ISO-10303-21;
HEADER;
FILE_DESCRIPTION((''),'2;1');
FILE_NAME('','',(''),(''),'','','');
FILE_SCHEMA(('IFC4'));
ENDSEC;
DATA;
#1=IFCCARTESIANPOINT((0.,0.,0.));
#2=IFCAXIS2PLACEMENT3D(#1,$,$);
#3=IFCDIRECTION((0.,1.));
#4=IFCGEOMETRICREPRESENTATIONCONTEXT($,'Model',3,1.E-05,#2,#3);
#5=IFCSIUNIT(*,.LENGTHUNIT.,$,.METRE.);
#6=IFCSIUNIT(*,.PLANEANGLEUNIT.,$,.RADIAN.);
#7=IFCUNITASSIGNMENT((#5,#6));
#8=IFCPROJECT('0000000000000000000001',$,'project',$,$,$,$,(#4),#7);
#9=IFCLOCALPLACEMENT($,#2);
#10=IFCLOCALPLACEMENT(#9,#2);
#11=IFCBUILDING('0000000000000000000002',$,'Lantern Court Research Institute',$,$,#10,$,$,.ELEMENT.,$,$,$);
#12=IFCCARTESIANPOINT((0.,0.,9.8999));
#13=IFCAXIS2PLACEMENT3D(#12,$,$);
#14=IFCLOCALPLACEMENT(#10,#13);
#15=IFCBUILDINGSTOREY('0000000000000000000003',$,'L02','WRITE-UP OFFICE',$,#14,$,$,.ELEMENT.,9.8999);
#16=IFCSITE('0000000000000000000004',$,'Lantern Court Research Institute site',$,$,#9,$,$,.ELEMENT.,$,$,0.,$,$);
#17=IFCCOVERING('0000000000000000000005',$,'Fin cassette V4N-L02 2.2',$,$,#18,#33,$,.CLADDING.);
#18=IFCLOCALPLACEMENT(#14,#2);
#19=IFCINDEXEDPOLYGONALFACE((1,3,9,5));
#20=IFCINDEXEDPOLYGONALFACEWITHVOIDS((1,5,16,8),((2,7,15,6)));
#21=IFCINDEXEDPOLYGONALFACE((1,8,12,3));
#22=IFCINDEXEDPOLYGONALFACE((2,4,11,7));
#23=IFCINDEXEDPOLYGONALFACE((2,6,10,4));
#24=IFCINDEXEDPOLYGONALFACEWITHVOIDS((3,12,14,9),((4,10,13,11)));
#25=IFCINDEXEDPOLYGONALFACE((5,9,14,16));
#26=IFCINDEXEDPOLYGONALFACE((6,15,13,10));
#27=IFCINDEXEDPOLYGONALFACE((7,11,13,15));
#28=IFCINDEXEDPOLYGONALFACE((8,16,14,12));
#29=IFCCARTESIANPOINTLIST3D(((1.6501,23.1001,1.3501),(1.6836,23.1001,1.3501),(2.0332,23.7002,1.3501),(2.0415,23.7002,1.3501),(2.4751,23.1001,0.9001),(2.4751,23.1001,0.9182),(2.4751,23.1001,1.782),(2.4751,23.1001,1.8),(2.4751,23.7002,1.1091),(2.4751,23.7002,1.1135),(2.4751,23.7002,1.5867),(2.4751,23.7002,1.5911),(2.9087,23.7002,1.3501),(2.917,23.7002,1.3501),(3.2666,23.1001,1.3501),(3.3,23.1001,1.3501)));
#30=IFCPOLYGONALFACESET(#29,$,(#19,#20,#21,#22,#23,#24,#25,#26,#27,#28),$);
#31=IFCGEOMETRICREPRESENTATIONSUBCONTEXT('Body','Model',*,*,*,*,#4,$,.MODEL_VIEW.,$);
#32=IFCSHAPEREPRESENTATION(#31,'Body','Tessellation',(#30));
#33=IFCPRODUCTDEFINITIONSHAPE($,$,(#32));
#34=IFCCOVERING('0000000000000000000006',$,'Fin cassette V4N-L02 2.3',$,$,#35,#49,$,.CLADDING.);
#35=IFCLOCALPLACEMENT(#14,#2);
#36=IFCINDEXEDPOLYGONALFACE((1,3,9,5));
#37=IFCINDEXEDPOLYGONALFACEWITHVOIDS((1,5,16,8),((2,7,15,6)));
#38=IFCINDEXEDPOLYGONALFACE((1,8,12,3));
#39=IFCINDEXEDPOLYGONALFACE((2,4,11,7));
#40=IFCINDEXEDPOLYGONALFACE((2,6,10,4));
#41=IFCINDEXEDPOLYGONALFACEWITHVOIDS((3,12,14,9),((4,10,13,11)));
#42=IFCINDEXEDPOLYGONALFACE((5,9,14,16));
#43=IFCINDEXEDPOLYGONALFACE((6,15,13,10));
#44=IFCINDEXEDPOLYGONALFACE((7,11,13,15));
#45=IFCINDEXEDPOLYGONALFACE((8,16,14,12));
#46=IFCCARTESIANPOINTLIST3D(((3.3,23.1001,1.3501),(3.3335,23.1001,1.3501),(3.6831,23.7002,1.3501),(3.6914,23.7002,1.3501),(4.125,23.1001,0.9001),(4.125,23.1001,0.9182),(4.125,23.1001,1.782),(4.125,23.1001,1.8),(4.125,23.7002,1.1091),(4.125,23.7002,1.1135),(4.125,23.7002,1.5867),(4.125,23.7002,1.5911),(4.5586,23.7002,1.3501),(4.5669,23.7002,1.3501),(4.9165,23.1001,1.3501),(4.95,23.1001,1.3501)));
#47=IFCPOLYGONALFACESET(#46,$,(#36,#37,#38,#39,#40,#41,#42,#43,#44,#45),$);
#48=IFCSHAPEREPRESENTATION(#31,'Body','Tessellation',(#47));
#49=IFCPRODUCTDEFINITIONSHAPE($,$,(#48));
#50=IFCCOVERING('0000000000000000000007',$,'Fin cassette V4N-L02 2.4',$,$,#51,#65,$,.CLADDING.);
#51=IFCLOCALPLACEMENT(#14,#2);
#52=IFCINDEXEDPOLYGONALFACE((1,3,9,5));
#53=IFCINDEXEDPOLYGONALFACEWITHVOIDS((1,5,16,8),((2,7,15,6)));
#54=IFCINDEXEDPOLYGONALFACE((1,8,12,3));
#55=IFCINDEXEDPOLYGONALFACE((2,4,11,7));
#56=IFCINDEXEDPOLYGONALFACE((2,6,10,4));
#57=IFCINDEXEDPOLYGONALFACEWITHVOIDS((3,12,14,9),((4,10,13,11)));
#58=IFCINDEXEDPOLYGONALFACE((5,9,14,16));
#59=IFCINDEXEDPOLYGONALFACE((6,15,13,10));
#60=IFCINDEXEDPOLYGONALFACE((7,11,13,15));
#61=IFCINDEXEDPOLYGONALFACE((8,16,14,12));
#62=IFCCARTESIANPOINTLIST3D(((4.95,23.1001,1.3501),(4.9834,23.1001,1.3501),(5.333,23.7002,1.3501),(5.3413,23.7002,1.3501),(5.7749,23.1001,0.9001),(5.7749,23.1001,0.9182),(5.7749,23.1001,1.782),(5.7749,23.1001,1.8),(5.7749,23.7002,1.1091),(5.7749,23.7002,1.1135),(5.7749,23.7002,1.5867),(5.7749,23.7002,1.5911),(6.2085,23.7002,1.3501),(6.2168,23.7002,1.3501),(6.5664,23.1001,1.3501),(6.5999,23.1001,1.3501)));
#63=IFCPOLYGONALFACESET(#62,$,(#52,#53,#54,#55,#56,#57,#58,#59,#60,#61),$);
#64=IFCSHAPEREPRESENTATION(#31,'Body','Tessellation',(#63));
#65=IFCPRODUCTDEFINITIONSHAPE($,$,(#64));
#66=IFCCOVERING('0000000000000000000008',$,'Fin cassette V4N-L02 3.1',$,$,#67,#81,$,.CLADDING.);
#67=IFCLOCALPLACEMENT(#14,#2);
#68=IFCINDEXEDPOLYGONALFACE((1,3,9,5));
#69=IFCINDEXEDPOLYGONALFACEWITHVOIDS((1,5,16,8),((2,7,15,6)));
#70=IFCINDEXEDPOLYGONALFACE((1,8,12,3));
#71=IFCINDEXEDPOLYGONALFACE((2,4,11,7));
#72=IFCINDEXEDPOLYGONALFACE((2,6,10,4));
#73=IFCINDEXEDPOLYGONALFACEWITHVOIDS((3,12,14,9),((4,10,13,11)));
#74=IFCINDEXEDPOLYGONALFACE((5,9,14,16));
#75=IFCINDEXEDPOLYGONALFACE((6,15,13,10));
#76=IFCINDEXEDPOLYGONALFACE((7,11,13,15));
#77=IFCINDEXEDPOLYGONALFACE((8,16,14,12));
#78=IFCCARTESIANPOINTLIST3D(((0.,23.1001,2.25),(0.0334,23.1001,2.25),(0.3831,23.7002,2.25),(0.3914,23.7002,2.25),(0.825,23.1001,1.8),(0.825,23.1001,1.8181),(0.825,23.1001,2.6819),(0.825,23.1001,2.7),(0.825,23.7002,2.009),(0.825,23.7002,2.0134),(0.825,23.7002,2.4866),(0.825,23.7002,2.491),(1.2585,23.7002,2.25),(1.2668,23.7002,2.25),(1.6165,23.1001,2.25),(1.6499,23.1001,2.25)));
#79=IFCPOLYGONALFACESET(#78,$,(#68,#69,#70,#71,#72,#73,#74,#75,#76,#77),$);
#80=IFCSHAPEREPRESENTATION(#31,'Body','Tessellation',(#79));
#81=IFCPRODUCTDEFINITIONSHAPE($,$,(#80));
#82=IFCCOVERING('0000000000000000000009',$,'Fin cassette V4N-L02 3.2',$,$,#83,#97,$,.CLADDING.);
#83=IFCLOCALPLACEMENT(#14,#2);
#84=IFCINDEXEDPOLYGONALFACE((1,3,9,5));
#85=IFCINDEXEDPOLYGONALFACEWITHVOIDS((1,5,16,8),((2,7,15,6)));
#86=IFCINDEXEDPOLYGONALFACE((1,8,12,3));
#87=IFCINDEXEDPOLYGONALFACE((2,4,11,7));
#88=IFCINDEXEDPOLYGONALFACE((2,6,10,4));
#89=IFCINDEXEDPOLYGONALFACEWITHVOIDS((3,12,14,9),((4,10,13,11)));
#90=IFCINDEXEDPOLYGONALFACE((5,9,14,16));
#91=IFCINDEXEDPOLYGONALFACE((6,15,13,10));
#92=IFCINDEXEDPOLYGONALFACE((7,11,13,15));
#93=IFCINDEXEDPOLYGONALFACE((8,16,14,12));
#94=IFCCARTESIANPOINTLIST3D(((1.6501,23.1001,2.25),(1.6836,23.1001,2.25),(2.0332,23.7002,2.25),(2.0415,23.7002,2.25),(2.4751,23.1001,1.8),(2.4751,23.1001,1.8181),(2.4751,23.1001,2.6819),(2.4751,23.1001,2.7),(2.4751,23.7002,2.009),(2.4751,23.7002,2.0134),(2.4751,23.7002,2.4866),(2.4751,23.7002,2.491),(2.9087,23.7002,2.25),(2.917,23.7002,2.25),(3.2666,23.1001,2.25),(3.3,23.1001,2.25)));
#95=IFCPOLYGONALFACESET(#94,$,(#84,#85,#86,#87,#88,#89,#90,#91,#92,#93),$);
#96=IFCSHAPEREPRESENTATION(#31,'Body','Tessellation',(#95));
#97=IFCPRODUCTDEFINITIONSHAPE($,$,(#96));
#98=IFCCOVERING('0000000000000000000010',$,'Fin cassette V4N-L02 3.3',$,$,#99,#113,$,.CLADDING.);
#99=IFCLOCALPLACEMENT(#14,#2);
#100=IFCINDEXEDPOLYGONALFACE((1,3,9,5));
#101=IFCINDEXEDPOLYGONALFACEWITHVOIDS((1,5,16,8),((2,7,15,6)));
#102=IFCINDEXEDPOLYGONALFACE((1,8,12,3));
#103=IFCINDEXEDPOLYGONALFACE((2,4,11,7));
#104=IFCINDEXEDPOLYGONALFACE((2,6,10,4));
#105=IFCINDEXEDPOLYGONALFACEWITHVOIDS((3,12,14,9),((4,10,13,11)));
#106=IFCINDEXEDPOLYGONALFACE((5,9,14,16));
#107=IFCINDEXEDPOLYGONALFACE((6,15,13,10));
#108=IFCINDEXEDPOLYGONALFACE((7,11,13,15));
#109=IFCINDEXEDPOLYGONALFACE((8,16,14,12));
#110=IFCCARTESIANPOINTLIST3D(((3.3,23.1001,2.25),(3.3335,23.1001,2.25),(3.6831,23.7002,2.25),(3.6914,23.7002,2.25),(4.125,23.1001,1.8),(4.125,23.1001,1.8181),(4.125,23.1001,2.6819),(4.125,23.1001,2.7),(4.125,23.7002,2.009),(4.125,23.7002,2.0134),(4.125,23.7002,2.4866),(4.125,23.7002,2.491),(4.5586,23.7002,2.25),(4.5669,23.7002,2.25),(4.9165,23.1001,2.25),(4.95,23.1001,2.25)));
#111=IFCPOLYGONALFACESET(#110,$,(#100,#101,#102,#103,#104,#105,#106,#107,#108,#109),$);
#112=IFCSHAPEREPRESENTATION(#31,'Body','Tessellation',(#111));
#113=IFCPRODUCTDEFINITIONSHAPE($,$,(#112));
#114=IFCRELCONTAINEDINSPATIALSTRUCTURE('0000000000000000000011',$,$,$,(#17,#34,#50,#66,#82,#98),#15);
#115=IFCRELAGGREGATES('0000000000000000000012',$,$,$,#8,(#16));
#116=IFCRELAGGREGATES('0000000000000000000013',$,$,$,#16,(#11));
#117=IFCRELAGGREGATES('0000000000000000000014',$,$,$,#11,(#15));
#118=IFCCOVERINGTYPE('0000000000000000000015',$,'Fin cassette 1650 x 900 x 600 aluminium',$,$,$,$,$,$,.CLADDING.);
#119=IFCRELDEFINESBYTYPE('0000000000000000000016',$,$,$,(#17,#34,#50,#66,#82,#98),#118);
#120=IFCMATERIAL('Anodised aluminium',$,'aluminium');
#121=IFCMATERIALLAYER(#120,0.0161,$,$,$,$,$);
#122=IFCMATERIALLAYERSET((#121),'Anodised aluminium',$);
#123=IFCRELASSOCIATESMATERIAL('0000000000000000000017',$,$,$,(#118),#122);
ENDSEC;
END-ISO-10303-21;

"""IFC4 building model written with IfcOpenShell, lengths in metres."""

from ifc_helpers import new_model, entity, si_unit, direction, frame, origin, place, context, subcontext, project, spatial, material, layer, layer_set, type_object, element, save


model = new_model("IFC4")

# Units and contexts
model_context = context("Model", 3, precision=1e-05, world=origin(), true_north=direction((0.0, 1.0)))
body_context = subcontext(model_context, "Body", "Model", "MODEL_VIEW")
ifc_project = project(units=[si_unit("LENGTHUNIT", "METRE"), si_unit("PLANEANGLEUNIT", "RADIAN")], contexts=[model_context])

# Site, building, storey
site_placement = place(None, origin())
site = spatial("IfcSite", under=ifc_project, at=site_placement, Name="Lantern Court Research Institute site", CompositionType="ELEMENT", RefElevation=0.0)
building_placement = place(site_placement, origin())
building = spatial("IfcBuilding", under=site, at=building_placement, Name="Lantern Court Research Institute", CompositionType="ELEMENT")
storey_placement = place(building_placement, frame((0.0, 0.0, 9.8999)))
storey = spatial("IfcBuildingStorey", under=building, at=storey_placement, Name="L02", Description="WRITE-UP OFFICE", CompositionType="ELEMENT", Elevation=9.8999)

# Coverings
ifc_material_1 = material(Name="Anodised aluminium", Category="aluminium")
ifc_layer_1 = layer(ifc_material_1, 0.0161)
ifc_layer_set_1 = layer_set([ifc_layer_1], Name="Anodised aluminium")
covering_type = type_object("IfcCoveringType", Name="Fin cassette 1650 x 900 x 600 aluminium", PredefinedType="CLADDING", material=ifc_layer_set_1)
covering_1_placement = place(storey_placement, frame((2.4751, 23.1001, 1.3501), z_axis=(0.0, 1.0, 0.0), x_axis=(-1.0, 0.0, 0.0)))
cartesian_point_1 = entity("IfcCartesianPoint", [0.825, 0.0])
cartesian_point_2 = entity("IfcCartesianPoint", [0.7915, 0.0])
cartesian_point_3 = entity("IfcCartesianPoint", [0.4419, 0.0])
cartesian_point_4 = entity("IfcCartesianPoint", [0.4336, 0.0])
element("IfcCovering", 1, at=covering_1_placement, inside=storey, type_object=covering_type, Name="Fin cassette V4N-L02 2.2", PredefinedType="CLADDING", context=body_context, shape_type="SweptSolid", body=[
    entity("IfcExtrudedAreaSolidTapered", entity("IfcArbitraryProfileDefWithVoids", "AREA", None, entity("IfcPolyline", [cartesian_point_1, entity("IfcCartesianPoint", [0.0, 0.45]), entity("IfcCartesianPoint", [-0.825, 0.0]), entity("IfcCartesianPoint", [0.0, -0.45]), cartesian_point_1]), [entity("IfcPolyline", [cartesian_point_2, entity("IfcCartesianPoint", [0.0, 0.4319]), entity("IfcCartesianPoint", [-0.7915, 0.0]), entity("IfcCartesianPoint", [0.0, -0.4319]), cartesian_point_2])]), entity("IfcAxis2Placement3D", entity("IfcCartesianPoint", [0.0, 0.0, 0.0])), entity("IfcDirection", [0.0, 0.0, 1.0]), 0.6001, entity("IfcArbitraryProfileDefWithVoids", "AREA", None, entity("IfcPolyline", [cartesian_point_3, entity("IfcCartesianPoint", [0.0, 0.241]), entity("IfcCartesianPoint", [-0.4419, 0.0]), entity("IfcCartesianPoint", [0.0, -0.241]), cartesian_point_3]), [entity("IfcPolyline", [cartesian_point_4, entity("IfcCartesianPoint", [0.0, 0.2366]), entity("IfcCartesianPoint", [-0.4336, 0.0]), entity("IfcCartesianPoint", [0.0, -0.2366]), cartesian_point_4])])),
])
covering_2_placement = place(storey_placement, frame((4.125, 23.1001, 1.3501), z_axis=(0.0, 1.0, 0.0), x_axis=(-1.0, 0.0, 0.0)))
cartesian_point_5 = entity("IfcCartesianPoint", [0.825, 0.0])
cartesian_point_6 = entity("IfcCartesianPoint", [0.7915, 0.0])
cartesian_point_7 = entity("IfcCartesianPoint", [0.4419, 0.0])
cartesian_point_8 = entity("IfcCartesianPoint", [0.4336, 0.0])
element("IfcCovering", 2, at=covering_2_placement, inside=storey, type_object=covering_type, Name="Fin cassette V4N-L02 2.3", PredefinedType="CLADDING", context=body_context, shape_type="SweptSolid", body=[
    entity("IfcExtrudedAreaSolidTapered", entity("IfcArbitraryProfileDefWithVoids", "AREA", None, entity("IfcPolyline", [cartesian_point_5, entity("IfcCartesianPoint", [0.0, 0.45]), entity("IfcCartesianPoint", [-0.825, 0.0]), entity("IfcCartesianPoint", [0.0, -0.45]), cartesian_point_5]), [entity("IfcPolyline", [cartesian_point_6, entity("IfcCartesianPoint", [0.0, 0.4319]), entity("IfcCartesianPoint", [-0.7915, 0.0]), entity("IfcCartesianPoint", [0.0, -0.4319]), cartesian_point_6])]), entity("IfcAxis2Placement3D", entity("IfcCartesianPoint", [0.0, 0.0, 0.0])), entity("IfcDirection", [0.0, 0.0, 1.0]), 0.6001, entity("IfcArbitraryProfileDefWithVoids", "AREA", None, entity("IfcPolyline", [cartesian_point_7, entity("IfcCartesianPoint", [0.0, 0.241]), entity("IfcCartesianPoint", [-0.4419, 0.0]), entity("IfcCartesianPoint", [0.0, -0.241]), cartesian_point_7]), [entity("IfcPolyline", [cartesian_point_8, entity("IfcCartesianPoint", [0.0, 0.2366]), entity("IfcCartesianPoint", [-0.4336, 0.0]), entity("IfcCartesianPoint", [0.0, -0.2366]), cartesian_point_8])])),
])
covering_3_placement = place(storey_placement, frame((5.7749, 23.1001, 1.3501), z_axis=(0.0, 1.0, 0.0), x_axis=(-1.0, 0.0, 0.0)))
cartesian_point_9 = entity("IfcCartesianPoint", [0.825, 0.0])
cartesian_point_10 = entity("IfcCartesianPoint", [0.7915, 0.0])
cartesian_point_11 = entity("IfcCartesianPoint", [0.4419, 0.0])
cartesian_point_12 = entity("IfcCartesianPoint", [0.4336, 0.0])
element("IfcCovering", 3, at=covering_3_placement, inside=storey, type_object=covering_type, Name="Fin cassette V4N-L02 2.4", PredefinedType="CLADDING", context=body_context, shape_type="SweptSolid", body=[
    entity("IfcExtrudedAreaSolidTapered", entity("IfcArbitraryProfileDefWithVoids", "AREA", None, entity("IfcPolyline", [cartesian_point_9, entity("IfcCartesianPoint", [0.0, 0.45]), entity("IfcCartesianPoint", [-0.825, 0.0]), entity("IfcCartesianPoint", [0.0, -0.45]), cartesian_point_9]), [entity("IfcPolyline", [cartesian_point_10, entity("IfcCartesianPoint", [0.0, 0.4319]), entity("IfcCartesianPoint", [-0.7915, 0.0]), entity("IfcCartesianPoint", [0.0, -0.4319]), cartesian_point_10])]), entity("IfcAxis2Placement3D", entity("IfcCartesianPoint", [0.0, 0.0, 0.0])), entity("IfcDirection", [0.0, 0.0, 1.0]), 0.6001, entity("IfcArbitraryProfileDefWithVoids", "AREA", None, entity("IfcPolyline", [cartesian_point_11, entity("IfcCartesianPoint", [0.0, 0.241]), entity("IfcCartesianPoint", [-0.4419, 0.0]), entity("IfcCartesianPoint", [0.0, -0.241]), cartesian_point_11]), [entity("IfcPolyline", [cartesian_point_12, entity("IfcCartesianPoint", [0.0, 0.2366]), entity("IfcCartesianPoint", [-0.4336, 0.0]), entity("IfcCartesianPoint", [0.0, -0.2366]), cartesian_point_12])])),
])
covering_4_placement = place(storey_placement, frame((0.825, 23.1001, 2.25), z_axis=(0.0, 1.0, 0.0), x_axis=(-1.0, 0.0, 0.0)))
cartesian_point_13 = entity("IfcCartesianPoint", [0.825, 0.0])
cartesian_point_14 = entity("IfcCartesianPoint", [0.7915, 0.0])
cartesian_point_15 = entity("IfcCartesianPoint", [0.4419, 0.0])
cartesian_point_16 = entity("IfcCartesianPoint", [0.4336, 0.0])
element("IfcCovering", 4, at=covering_4_placement, inside=storey, type_object=covering_type, Name="Fin cassette V4N-L02 3.1", PredefinedType="CLADDING", context=body_context, shape_type="SweptSolid", body=[
    entity("IfcExtrudedAreaSolidTapered", entity("IfcArbitraryProfileDefWithVoids", "AREA", None, entity("IfcPolyline", [cartesian_point_13, entity("IfcCartesianPoint", [0.0, 0.45]), entity("IfcCartesianPoint", [-0.825, 0.0]), entity("IfcCartesianPoint", [0.0, -0.45]), cartesian_point_13]), [entity("IfcPolyline", [cartesian_point_14, entity("IfcCartesianPoint", [0.0, 0.4319]), entity("IfcCartesianPoint", [-0.7915, 0.0]), entity("IfcCartesianPoint", [0.0, -0.4319]), cartesian_point_14])]), entity("IfcAxis2Placement3D", entity("IfcCartesianPoint", [0.0, 0.0, 0.0])), entity("IfcDirection", [0.0, 0.0, 1.0]), 0.6001, entity("IfcArbitraryProfileDefWithVoids", "AREA", None, entity("IfcPolyline", [cartesian_point_15, entity("IfcCartesianPoint", [0.0, 0.241]), entity("IfcCartesianPoint", [-0.4419, 0.0]), entity("IfcCartesianPoint", [0.0, -0.241]), cartesian_point_15]), [entity("IfcPolyline", [cartesian_point_16, entity("IfcCartesianPoint", [0.0, 0.2366]), entity("IfcCartesianPoint", [-0.4336, 0.0]), entity("IfcCartesianPoint", [0.0, -0.2366]), cartesian_point_16])])),
])
covering_5_placement = place(storey_placement, frame((2.4751, 23.1001, 2.25), z_axis=(0.0, 1.0, 0.0), x_axis=(-1.0, 0.0, 0.0)))
cartesian_point_17 = entity("IfcCartesianPoint", [0.825, 0.0])
cartesian_point_18 = entity("IfcCartesianPoint", [0.7915, 0.0])
cartesian_point_19 = entity("IfcCartesianPoint", [0.4419, 0.0])
cartesian_point_20 = entity("IfcCartesianPoint", [0.4336, 0.0])
element("IfcCovering", 5, at=covering_5_placement, inside=storey, type_object=covering_type, Name="Fin cassette V4N-L02 3.2", PredefinedType="CLADDING", context=body_context, shape_type="SweptSolid", body=[
    entity("IfcExtrudedAreaSolidTapered", entity("IfcArbitraryProfileDefWithVoids", "AREA", None, entity("IfcPolyline", [cartesian_point_17, entity("IfcCartesianPoint", [0.0, 0.45]), entity("IfcCartesianPoint", [-0.825, 0.0]), entity("IfcCartesianPoint", [0.0, -0.45]), cartesian_point_17]), [entity("IfcPolyline", [cartesian_point_18, entity("IfcCartesianPoint", [0.0, 0.4319]), entity("IfcCartesianPoint", [-0.7915, 0.0]), entity("IfcCartesianPoint", [0.0, -0.4319]), cartesian_point_18])]), entity("IfcAxis2Placement3D", entity("IfcCartesianPoint", [0.0, 0.0, 0.0])), entity("IfcDirection", [0.0, 0.0, 1.0]), 0.6001, entity("IfcArbitraryProfileDefWithVoids", "AREA", None, entity("IfcPolyline", [cartesian_point_19, entity("IfcCartesianPoint", [0.0, 0.241]), entity("IfcCartesianPoint", [-0.4419, 0.0]), entity("IfcCartesianPoint", [0.0, -0.241]), cartesian_point_19]), [entity("IfcPolyline", [cartesian_point_20, entity("IfcCartesianPoint", [0.0, 0.2366]), entity("IfcCartesianPoint", [-0.4336, 0.0]), entity("IfcCartesianPoint", [0.0, -0.2366]), cartesian_point_20])])),
])
covering_6_placement = place(storey_placement, frame((4.125, 23.1001, 2.25), z_axis=(0.0, 1.0, 0.0), x_axis=(-1.0, 0.0, 0.0)))
cartesian_point_21 = entity("IfcCartesianPoint", [0.825, 0.0])
cartesian_point_22 = entity("IfcCartesianPoint", [0.7915, 0.0])
cartesian_point_23 = entity("IfcCartesianPoint", [0.4419, 0.0])
cartesian_point_24 = entity("IfcCartesianPoint", [0.4336, 0.0])
element("IfcCovering", 6, at=covering_6_placement, inside=storey, type_object=covering_type, Name="Fin cassette V4N-L02 3.3", PredefinedType="CLADDING", context=body_context, shape_type="SweptSolid", body=[
    entity("IfcExtrudedAreaSolidTapered", entity("IfcArbitraryProfileDefWithVoids", "AREA", None, entity("IfcPolyline", [cartesian_point_21, entity("IfcCartesianPoint", [0.0, 0.45]), entity("IfcCartesianPoint", [-0.825, 0.0]), entity("IfcCartesianPoint", [0.0, -0.45]), cartesian_point_21]), [entity("IfcPolyline", [cartesian_point_22, entity("IfcCartesianPoint", [0.0, 0.4319]), entity("IfcCartesianPoint", [-0.7915, 0.0]), entity("IfcCartesianPoint", [0.0, -0.4319]), cartesian_point_22])]), entity("IfcAxis2Placement3D", entity("IfcCartesianPoint", [0.0, 0.0, 0.0])), entity("IfcDirection", [0.0, 0.0, 1.0]), 0.6001, entity("IfcArbitraryProfileDefWithVoids", "AREA", None, entity("IfcPolyline", [cartesian_point_23, entity("IfcCartesianPoint", [0.0, 0.241]), entity("IfcCartesianPoint", [-0.4419, 0.0]), entity("IfcCartesianPoint", [0.0, -0.241]), cartesian_point_23]), [entity("IfcPolyline", [cartesian_point_24, entity("IfcCartesianPoint", [0.0, 0.2366]), entity("IfcCartesianPoint", [-0.4336, 0.0]), entity("IfcCartesianPoint", [0.0, -0.2366]), cartesian_point_24])])),
])

save(model, "model.ifc")
